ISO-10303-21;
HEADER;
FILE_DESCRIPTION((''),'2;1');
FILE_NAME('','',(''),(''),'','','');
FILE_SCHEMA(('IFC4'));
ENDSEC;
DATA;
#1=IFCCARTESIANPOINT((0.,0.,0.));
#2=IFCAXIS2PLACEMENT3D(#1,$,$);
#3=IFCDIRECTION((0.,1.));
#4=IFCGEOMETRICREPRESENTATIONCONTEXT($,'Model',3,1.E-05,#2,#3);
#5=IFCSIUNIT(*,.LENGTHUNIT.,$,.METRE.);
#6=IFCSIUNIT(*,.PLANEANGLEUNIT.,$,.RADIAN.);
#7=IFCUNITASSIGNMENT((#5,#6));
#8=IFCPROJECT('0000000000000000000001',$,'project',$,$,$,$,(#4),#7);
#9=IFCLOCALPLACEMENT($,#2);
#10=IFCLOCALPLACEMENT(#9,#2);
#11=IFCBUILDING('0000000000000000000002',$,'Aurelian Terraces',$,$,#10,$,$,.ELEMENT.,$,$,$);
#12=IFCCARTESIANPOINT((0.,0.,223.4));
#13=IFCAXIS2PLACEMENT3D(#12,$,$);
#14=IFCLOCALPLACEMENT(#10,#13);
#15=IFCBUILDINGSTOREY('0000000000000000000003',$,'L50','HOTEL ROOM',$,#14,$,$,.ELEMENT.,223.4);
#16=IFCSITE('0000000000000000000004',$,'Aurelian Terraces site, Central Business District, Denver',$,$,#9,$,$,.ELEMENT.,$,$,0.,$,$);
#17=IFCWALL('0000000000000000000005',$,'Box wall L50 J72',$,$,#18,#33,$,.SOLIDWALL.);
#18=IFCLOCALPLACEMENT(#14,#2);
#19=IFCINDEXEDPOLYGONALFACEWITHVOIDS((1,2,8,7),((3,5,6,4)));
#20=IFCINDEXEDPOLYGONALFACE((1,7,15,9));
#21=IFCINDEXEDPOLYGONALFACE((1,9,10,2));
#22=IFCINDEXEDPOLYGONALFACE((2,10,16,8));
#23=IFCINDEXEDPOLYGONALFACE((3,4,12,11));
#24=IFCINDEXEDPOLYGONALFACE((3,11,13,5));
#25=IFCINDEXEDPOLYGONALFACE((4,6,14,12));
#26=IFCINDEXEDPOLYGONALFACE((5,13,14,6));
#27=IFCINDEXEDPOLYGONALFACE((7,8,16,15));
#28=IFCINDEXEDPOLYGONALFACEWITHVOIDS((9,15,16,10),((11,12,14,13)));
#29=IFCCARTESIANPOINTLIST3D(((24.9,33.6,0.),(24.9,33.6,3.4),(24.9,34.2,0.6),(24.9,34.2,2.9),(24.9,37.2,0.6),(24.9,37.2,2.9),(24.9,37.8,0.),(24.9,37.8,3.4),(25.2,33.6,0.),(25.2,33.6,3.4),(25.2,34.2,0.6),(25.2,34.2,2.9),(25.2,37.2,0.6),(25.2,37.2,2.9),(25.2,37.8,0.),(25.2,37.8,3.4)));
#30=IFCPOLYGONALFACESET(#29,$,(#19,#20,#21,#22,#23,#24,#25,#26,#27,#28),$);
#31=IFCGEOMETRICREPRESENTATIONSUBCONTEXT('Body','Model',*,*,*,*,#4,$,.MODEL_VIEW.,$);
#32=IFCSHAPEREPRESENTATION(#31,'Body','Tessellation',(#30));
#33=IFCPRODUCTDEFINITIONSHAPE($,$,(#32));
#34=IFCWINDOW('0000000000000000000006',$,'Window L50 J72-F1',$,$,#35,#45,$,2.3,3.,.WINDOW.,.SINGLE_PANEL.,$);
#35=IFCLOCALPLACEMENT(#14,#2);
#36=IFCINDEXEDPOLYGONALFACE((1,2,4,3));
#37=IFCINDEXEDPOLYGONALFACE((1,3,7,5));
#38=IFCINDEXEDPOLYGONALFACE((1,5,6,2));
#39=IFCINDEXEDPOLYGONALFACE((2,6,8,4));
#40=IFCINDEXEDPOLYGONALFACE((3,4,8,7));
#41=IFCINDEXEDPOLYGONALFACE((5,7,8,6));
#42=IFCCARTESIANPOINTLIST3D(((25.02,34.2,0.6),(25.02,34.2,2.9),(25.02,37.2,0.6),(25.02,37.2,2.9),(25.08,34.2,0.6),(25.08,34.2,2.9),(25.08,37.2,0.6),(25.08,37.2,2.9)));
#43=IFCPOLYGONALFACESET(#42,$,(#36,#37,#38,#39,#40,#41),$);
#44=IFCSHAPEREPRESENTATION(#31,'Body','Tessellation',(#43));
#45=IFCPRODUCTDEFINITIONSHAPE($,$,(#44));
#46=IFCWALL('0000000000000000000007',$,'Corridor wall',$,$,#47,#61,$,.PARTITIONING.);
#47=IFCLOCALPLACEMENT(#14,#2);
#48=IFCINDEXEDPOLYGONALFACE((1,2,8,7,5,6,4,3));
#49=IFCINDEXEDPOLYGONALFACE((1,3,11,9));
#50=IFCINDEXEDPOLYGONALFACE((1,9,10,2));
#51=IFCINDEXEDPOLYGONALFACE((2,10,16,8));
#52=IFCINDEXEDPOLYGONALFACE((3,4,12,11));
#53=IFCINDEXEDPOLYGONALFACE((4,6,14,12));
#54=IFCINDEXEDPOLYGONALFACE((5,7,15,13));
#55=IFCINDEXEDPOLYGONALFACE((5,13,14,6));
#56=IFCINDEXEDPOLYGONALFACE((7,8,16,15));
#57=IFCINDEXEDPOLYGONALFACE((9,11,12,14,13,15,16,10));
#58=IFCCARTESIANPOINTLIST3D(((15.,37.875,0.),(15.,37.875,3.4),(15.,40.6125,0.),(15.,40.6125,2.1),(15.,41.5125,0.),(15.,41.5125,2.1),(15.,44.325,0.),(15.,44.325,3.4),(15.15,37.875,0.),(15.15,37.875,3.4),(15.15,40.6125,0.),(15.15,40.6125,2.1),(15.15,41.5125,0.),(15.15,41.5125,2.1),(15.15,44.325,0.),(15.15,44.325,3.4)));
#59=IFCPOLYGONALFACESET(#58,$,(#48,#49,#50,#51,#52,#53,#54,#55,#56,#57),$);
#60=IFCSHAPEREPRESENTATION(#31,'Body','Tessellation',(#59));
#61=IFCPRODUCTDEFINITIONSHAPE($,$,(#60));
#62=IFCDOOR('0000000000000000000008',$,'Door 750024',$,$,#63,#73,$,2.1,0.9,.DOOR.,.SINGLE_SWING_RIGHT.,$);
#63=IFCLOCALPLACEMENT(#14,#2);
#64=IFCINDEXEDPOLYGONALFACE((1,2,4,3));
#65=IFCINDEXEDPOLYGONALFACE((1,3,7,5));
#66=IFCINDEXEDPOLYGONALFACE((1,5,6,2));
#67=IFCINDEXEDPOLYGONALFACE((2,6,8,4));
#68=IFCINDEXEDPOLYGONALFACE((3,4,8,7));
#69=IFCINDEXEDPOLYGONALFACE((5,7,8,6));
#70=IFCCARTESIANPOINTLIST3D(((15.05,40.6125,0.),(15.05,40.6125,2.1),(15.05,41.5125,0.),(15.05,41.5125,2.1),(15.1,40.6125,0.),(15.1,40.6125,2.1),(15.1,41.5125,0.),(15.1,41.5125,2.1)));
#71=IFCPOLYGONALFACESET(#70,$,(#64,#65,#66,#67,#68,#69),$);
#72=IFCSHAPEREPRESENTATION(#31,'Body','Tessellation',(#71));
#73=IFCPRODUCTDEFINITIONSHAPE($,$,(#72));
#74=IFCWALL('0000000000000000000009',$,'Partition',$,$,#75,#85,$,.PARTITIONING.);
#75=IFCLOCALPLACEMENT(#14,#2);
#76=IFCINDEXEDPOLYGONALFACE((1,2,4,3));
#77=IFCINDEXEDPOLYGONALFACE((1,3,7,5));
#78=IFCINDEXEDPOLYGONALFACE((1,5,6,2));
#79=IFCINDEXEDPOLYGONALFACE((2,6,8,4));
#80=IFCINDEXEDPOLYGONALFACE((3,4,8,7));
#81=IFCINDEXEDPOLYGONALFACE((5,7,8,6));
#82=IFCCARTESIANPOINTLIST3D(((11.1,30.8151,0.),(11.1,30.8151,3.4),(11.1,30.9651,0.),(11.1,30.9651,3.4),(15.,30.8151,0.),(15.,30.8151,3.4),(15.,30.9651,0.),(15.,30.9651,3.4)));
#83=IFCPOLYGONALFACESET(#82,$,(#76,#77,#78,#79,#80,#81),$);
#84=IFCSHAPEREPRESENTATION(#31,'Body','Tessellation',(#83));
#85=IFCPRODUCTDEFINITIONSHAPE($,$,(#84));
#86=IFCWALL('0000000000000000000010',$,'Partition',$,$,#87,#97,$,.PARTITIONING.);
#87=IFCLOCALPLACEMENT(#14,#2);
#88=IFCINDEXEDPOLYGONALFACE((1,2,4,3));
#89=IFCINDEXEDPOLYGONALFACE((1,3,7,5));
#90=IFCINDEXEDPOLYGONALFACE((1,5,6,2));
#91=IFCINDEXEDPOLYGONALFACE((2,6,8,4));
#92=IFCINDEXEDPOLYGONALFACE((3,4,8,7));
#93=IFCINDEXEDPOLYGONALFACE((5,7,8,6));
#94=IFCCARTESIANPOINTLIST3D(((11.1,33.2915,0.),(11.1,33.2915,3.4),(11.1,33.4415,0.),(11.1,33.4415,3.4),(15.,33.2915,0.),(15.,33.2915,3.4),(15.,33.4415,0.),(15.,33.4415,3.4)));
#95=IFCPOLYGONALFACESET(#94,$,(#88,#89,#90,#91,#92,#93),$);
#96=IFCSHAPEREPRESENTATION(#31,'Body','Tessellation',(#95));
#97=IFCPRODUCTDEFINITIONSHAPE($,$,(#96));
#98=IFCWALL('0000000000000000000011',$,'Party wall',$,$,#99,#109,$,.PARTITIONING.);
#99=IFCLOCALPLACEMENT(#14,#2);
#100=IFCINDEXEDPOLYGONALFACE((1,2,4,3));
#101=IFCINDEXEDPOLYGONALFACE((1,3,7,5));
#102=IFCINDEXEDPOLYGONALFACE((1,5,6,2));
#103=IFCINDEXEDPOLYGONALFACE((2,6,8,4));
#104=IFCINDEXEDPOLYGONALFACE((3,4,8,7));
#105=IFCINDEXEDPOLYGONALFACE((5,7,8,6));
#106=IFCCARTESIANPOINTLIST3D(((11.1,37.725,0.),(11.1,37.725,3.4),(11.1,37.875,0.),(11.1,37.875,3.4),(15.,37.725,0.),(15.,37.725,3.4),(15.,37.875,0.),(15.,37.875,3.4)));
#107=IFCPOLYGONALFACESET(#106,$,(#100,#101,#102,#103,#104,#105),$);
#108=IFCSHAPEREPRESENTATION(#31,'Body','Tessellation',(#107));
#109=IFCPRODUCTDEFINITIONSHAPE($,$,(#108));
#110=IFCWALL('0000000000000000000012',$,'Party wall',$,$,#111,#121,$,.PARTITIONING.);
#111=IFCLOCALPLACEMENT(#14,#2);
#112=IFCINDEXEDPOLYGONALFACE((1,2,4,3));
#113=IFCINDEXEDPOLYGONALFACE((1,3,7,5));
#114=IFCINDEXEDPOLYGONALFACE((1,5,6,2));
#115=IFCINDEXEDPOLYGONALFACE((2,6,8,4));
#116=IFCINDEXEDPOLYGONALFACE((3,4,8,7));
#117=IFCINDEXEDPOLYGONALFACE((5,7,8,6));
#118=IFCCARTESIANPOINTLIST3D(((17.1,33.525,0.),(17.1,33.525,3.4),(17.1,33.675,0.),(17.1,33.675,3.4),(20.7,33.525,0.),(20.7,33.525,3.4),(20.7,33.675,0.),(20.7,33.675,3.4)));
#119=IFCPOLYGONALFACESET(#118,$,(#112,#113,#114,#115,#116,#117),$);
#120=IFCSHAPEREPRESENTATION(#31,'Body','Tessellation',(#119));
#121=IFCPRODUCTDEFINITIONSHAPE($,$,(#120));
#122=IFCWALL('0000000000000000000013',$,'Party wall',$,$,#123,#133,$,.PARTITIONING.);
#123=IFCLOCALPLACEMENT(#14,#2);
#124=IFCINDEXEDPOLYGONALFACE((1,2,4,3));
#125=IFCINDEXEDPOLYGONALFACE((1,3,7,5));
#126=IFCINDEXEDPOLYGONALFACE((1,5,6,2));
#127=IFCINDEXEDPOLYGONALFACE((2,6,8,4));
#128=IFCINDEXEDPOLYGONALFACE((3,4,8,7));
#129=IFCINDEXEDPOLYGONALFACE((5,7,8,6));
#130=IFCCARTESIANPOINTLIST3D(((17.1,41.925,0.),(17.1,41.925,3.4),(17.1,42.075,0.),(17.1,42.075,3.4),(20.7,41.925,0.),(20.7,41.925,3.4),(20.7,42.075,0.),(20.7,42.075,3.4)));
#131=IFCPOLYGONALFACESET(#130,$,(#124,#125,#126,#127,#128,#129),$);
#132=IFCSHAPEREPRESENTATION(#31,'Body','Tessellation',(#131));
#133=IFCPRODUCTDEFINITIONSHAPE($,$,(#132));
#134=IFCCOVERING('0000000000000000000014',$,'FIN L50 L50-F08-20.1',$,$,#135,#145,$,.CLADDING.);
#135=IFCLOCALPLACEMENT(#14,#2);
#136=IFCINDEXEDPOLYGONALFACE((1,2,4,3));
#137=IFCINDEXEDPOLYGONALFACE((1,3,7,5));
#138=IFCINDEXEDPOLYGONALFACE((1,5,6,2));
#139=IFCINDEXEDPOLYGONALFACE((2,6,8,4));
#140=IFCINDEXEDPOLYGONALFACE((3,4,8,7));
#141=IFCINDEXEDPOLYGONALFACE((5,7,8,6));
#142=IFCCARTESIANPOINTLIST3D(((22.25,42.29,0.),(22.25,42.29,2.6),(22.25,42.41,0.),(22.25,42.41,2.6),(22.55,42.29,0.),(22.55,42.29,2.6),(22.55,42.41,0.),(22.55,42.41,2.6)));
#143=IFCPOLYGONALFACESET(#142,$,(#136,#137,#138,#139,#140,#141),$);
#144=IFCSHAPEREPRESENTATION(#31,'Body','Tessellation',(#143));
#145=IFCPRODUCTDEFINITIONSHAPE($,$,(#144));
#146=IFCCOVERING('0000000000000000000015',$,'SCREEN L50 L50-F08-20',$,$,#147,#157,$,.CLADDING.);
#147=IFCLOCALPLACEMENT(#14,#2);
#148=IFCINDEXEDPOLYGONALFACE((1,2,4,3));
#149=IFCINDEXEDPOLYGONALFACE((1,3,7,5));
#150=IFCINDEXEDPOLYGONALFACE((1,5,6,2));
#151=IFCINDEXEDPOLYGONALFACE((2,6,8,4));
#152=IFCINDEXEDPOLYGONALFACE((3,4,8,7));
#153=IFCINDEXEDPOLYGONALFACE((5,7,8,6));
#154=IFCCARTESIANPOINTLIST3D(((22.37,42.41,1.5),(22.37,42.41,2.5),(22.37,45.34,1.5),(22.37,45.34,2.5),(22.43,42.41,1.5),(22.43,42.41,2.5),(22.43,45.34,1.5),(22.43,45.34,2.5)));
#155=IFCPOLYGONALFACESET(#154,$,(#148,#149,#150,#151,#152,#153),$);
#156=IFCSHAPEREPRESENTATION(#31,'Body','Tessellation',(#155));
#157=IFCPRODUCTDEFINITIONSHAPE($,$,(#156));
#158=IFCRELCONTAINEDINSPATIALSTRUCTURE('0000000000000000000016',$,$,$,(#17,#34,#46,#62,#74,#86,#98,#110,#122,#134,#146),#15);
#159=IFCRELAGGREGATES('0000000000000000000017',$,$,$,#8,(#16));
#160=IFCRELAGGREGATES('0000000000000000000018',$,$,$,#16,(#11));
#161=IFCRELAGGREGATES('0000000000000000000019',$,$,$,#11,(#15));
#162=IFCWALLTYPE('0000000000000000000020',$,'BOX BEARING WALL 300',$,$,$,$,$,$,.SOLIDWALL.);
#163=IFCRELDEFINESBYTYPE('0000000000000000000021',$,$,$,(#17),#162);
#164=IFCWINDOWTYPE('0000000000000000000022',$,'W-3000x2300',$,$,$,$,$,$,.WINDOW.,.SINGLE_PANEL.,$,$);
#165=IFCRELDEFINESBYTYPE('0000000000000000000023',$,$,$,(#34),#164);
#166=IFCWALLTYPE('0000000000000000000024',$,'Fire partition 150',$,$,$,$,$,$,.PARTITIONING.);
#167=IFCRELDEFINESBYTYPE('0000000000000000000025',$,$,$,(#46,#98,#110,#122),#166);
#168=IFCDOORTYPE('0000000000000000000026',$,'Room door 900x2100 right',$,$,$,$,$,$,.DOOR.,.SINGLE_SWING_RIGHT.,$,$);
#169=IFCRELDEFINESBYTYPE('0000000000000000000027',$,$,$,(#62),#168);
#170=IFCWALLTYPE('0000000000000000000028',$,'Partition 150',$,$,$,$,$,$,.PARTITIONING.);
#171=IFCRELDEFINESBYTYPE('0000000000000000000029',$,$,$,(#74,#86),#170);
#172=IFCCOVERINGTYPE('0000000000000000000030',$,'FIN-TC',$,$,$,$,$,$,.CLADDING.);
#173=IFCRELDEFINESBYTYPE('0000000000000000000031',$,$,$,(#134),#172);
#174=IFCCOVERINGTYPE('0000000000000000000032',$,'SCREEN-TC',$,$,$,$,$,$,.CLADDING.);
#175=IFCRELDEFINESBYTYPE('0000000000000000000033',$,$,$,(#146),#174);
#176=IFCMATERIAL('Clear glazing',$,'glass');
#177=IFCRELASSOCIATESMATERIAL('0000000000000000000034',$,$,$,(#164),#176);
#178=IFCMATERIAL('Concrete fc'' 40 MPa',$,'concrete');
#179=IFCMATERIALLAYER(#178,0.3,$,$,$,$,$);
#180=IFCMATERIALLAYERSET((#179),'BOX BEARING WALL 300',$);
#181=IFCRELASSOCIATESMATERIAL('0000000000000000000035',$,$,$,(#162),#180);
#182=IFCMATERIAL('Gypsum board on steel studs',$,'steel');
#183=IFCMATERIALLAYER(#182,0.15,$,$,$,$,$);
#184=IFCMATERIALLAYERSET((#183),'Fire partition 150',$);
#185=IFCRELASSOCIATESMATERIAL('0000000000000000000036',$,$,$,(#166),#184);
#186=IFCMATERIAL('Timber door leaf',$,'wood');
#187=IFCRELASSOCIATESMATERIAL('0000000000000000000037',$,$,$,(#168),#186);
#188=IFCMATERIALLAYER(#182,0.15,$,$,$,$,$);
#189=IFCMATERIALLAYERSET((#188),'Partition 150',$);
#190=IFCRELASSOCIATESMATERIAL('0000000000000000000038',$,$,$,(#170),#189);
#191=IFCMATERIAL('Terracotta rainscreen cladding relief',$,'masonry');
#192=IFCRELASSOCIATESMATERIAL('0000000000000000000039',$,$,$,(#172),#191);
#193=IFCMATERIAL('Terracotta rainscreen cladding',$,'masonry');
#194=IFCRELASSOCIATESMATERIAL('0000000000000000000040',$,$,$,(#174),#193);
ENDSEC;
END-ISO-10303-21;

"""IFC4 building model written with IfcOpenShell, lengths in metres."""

from ifc_helpers import new_model, si_unit, direction, frame, frame_2d, origin, origin_2d, place, context, subcontext, project, spatial, rectangle, extrude, source, transform, mapped, material, layer, layer_set, type_object, element, fill, save


model = new_model("IFC4")

# Units and contexts
model_context = context("Model", 3, precision=1e-05, world=origin(), true_north=direction((0.0, 1.0)))
body_context = subcontext(model_context, "Body", "Model", "MODEL_VIEW")
ifc_project = project(units=[si_unit("LENGTHUNIT", "METRE"), si_unit("PLANEANGLEUNIT", "RADIAN")], contexts=[model_context])

# Site, building, storey
site_placement = place(None, origin())
site = spatial("IfcSite", under=ifc_project, at=site_placement, Name="Aurelian Terraces site, Central Business District, Denver", CompositionType="ELEMENT", RefElevation=0.0)
building_placement = place(site_placement, origin())
building = spatial("IfcBuilding", under=site, at=building_placement, Name="Aurelian Terraces", CompositionType="ELEMENT")
storey_placement = place(building_placement, frame((0.0, 0.0, 223.4)))
storey = spatial("IfcBuildingStorey", under=building, at=storey_placement, Name="L50", Description="HOTEL ROOM", CompositionType="ELEMENT", Elevation=223.4)

# Shared definitions
ifc_material_1 = material(Name="Terracotta rainscreen cladding", Category="masonry")
shared_shape_1 = source(origin(), body_context, "Body", "SweptSolid", [
    extrude(rectangle(XDim=3.0, YDim=2.3, at=frame_2d((1.5, 1.15))), frame((0.0, 0.16, 0.0), z_axis=(0.0, -1.0, 0.0), x_axis=(1.0, 0.0, 0.0)), (0.0, 0.0, 1.0), 0.32),
])
ifc_material_2 = material(Name="Clear glazing", Category="glass")
window_type_1 = type_object("IfcWindowType", Name="W-3000x2300", PartitioningType="SINGLE_PANEL", PredefinedType="WINDOW", material=ifc_material_2)
shared_shape_2 = source(origin(), body_context, "Body", "SweptSolid", [
    extrude(rectangle(XDim=3.0, YDim=2.3, at=frame_2d((1.5, 1.15))), frame((0.0, 0.03, 0.0), z_axis=(0.0, -1.0, 0.0), x_axis=(1.0, 0.0, 0.0)), (0.0, 0.0, 1.0), 0.06),
])

# Wall, opening, window
ifc_material_3 = material(Name="Concrete fc' 40 MPa", Category="concrete")
ifc_layer_1 = layer(ifc_material_3, 0.3)
ifc_layer_set_1 = layer_set([ifc_layer_1], Name="BOX BEARING WALL 300")
wall_type_1 = type_object("IfcWallType", Name="BOX BEARING WALL 300", PredefinedType="SOLIDWALL", material=ifc_layer_set_1)
shared_shape_3 = source(origin(), body_context, "Body", "SweptSolid", [
    extrude(rectangle(XDim=4.2, YDim=0.3, at=frame_2d((2.1, 0.0))), origin(), (0.0, 0.0, 1.0), 3.4),
])
wall_1_placement = place(storey_placement, frame((25.05, 33.6, 0.0), z_axis=(0.0, 0.0, 1.0), x_axis=(0.0, 1.0, 0.0)))
wall_1 = element("IfcWall", 1, at=wall_1_placement, inside=storey, type_object=wall_type_1, Name="Box wall L50 J72", PredefinedType="SOLIDWALL", context=body_context, shape_type="MappedRepresentation", body=[
    mapped(shared_shape_3, transform((0.0, 0.0, 0.0), scale=1.0)),
])
opening_1_placement = place(wall_1_placement, frame((0.6, 0.0, 0.6)))
opening_1 = element("IfcOpeningElement", 2, at=opening_1_placement, cuts=wall_1, PredefinedType="OPENING", context=body_context, shape_type="MappedRepresentation", body=[
    mapped(shared_shape_1, transform((0.0, 0.0, 0.0), scale=1.0)),
])
window_1_placement = place(opening_1_placement, origin())
window_1 = element("IfcWindow", 3, at=window_1_placement, inside=storey, type_object=window_type_1, Name="Window L50 J72-F1", OverallHeight=2.3, OverallWidth=3.0, PartitioningType="SINGLE_PANEL", PredefinedType="WINDOW", context=body_context, shape_type="MappedRepresentation", body=[
    mapped(shared_shape_2, transform((0.0, 0.0, 0.0), scale=1.0)),
])
fill(opening_1, window_1)

# Wall, opening, door
ifc_material_4 = material(Name="Gypsum board on steel studs", Category="steel")
ifc_layer_2 = layer(ifc_material_4, 0.15)
ifc_layer_set_2 = layer_set([ifc_layer_2], Name="Fire partition 150")
wall_type_2 = type_object("IfcWallType", Name="Fire partition 150", PredefinedType="PARTITIONING", material=ifc_layer_set_2)
shared_shape_4 = source(origin(), body_context, "Body", "SweptSolid", [
    extrude(rectangle(XDim=6.45, YDim=0.15, at=frame_2d((3.225, 0.0))), origin(), (0.0, 0.0, 1.0), 3.4),
])
wall_2_placement = place(storey_placement, frame((15.075, 37.875, 0.0), z_axis=(0.0, 0.0, 1.0), x_axis=(0.0, 1.0, 0.0)))
wall_2 = element("IfcWall", 4, at=wall_2_placement, inside=storey, type_object=wall_type_2, Name="Corridor wall", PredefinedType="PARTITIONING", context=body_context, shape_type="MappedRepresentation", body=[
    mapped(shared_shape_4, transform((0.0, 0.0, 0.0), scale=1.0)),
])
shared_shape_5 = source(origin(), body_context, "Body", "SweptSolid", [
    extrude(rectangle(XDim=0.9, YDim=2.1, at=frame_2d((0.45, 1.05))), frame((0.0, 0.085, 0.0), z_axis=(0.0, -1.0, 0.0), x_axis=(1.0, 0.0, 0.0)), (0.0, 0.0, 1.0), 0.17),
])
opening_2_placement = place(wall_2_placement, frame((2.7375, 0.0, 0.0)))
opening_2 = element("IfcOpeningElement", 5, at=opening_2_placement, cuts=wall_2, PredefinedType="OPENING", context=body_context, shape_type="MappedRepresentation", body=[
    mapped(shared_shape_5, transform((0.0, 0.0, 0.0), scale=1.0)),
])
ifc_material_5 = material(Name="Timber door leaf", Category="wood")
door_type_1 = type_object("IfcDoorType", Name="Room door 900x2100 right", OperationType="SINGLE_SWING_RIGHT", PredefinedType="DOOR", material=ifc_material_5)
shared_shape_6 = source(origin(), body_context, "Body", "SweptSolid", [
    extrude(rectangle(XDim=0.9, YDim=2.1, at=frame_2d((0.45, 1.05))), frame((0.0, 0.025, 0.0), z_axis=(0.0, -1.0, 0.0), x_axis=(1.0, 0.0, 0.0)), (0.0, 0.0, 1.0), 0.05),
])
door_1_placement = place(opening_2_placement, origin())
door_1 = element("IfcDoor", 6, at=door_1_placement, inside=storey, type_object=door_type_1, Name="Door 750024", OperationType="SINGLE_SWING_RIGHT", OverallHeight=2.1, OverallWidth=0.9, PredefinedType="DOOR", context=body_context, shape_type="MappedRepresentation", body=[
    mapped(shared_shape_6, transform((0.0, 0.0, 0.0), scale=1.0)),
])
fill(opening_2, door_1)

# Walls
ifc_layer_3 = layer(ifc_material_4, 0.15)
ifc_layer_set_3 = layer_set([ifc_layer_3], Name="Partition 150")
wall_type_3 = type_object("IfcWallType", Name="Partition 150", PredefinedType="PARTITIONING", material=ifc_layer_set_3)
shared_shape_7 = source(origin(), body_context, "Body", "SweptSolid", [
    extrude(rectangle(XDim=3.9, YDim=0.15, at=frame_2d((1.95, 0.0))), origin(), (0.0, 0.0, 1.0), 3.4),
])
for number, where, z_axis, x_axis, name in (
    (7, (15.0, 30.8901, 0.0), (0.0, 0.0, 1.0), (-1.0, 0.0, 0.0), "Partition"),
    (8, (15.0, 33.3665, 0.0), (0.0, 0.0, 1.0), (-1.0, 0.0, 0.0), "Partition"),
):
    element("IfcWall", number, at=place(storey_placement, frame(where, z_axis=z_axis, x_axis=x_axis)), inside=storey, type_object=wall_type_3, Name=name, PredefinedType="PARTITIONING", context=body_context, shape_type="MappedRepresentation", body=[
        mapped(shared_shape_7, transform((0.0, 0.0, 0.0), scale=1.0)),
    ])
wall_3_placement = place(storey_placement, frame((15.0, 37.8, 0.0), z_axis=(0.0, 0.0, 1.0), x_axis=(-1.0, 0.0, 0.0)))
element("IfcWall", 9, at=wall_3_placement, inside=storey, type_object=wall_type_2, Name="Party wall", PredefinedType="PARTITIONING", context=body_context, shape_type="MappedRepresentation", body=[
    mapped(shared_shape_7, transform((0.0, 0.0, 0.0), scale=1.0)),
])
shared_shape_8 = source(origin(), body_context, "Body", "SweptSolid", [
    extrude(rectangle(XDim=3.6, YDim=0.15, at=frame_2d((1.8, 0.0))), origin(), (0.0, 0.0, 1.0), 3.4),
])
for number, where, z_axis, x_axis, name in (
    (10, (20.7, 33.6, 0.0), (0.0, 0.0, 1.0), (-1.0, 0.0, 0.0), "Party wall"),
    (11, (20.7, 42.0, 0.0), (0.0, 0.0, 1.0), (-1.0, 0.0, 0.0), "Party wall"),
):
    element("IfcWall", number, at=place(storey_placement, frame(where, z_axis=z_axis, x_axis=x_axis)), inside=storey, type_object=wall_type_2, Name=name, PredefinedType="PARTITIONING", context=body_context, shape_type="MappedRepresentation", body=[
        mapped(shared_shape_8, transform((0.0, 0.0, 0.0), scale=1.0)),
    ])

# Covering
ifc_material_6 = material(Name="Terracotta rainscreen cladding relief", Category="masonry")
covering_type_1 = type_object("IfcCoveringType", Name="FIN-TC", PredefinedType="CLADDING", material=ifc_material_6)
shared_shape_9 = source(origin(), body_context, "Body", "SweptSolid", [
    extrude(rectangle(XDim=0.3, YDim=0.12, at=origin_2d()), origin(), (0.0, 0.0, 1.0), 2.6),
])
covering_1_placement = place(storey_placement, frame((22.4, 42.35, 0.0), z_axis=(0.0, 0.0, 1.0), x_axis=(1.0, 0.0, 0.0)))
element("IfcCovering", 12, at=covering_1_placement, inside=storey, type_object=covering_type_1, Name="FIN L50 L50-F08-20.1", PredefinedType="CLADDING", context=body_context, shape_type="MappedRepresentation", body=[
    mapped(shared_shape_9, transform((0.0, 0.0, 0.0), scale=1.0)),
])

# Covering
covering_type_2 = type_object("IfcCoveringType", Name="SCREEN-TC", PredefinedType="CLADDING", material=ifc_material_1)
shared_shape_10 = source(origin(), body_context, "Body", "SweptSolid", [
    extrude(rectangle(XDim=0.06, YDim=2.93, at=origin_2d()), origin(), (0.0, 0.0, 1.0), 1.0),
])
covering_2_placement = place(storey_placement, frame((22.4, 43.875, 1.5), z_axis=(0.0, 0.0, 1.0), x_axis=(1.0, 0.0, 0.0)))
element("IfcCovering", 13, at=covering_2_placement, inside=storey, type_object=covering_type_2, Name="SCREEN L50 L50-F08-20", PredefinedType="CLADDING", context=body_context, shape_type="MappedRepresentation", body=[
    mapped(shared_shape_10, transform((0.0, 0.0, 0.0), scale=1.0)),
])

save(model, "model.ifc")
